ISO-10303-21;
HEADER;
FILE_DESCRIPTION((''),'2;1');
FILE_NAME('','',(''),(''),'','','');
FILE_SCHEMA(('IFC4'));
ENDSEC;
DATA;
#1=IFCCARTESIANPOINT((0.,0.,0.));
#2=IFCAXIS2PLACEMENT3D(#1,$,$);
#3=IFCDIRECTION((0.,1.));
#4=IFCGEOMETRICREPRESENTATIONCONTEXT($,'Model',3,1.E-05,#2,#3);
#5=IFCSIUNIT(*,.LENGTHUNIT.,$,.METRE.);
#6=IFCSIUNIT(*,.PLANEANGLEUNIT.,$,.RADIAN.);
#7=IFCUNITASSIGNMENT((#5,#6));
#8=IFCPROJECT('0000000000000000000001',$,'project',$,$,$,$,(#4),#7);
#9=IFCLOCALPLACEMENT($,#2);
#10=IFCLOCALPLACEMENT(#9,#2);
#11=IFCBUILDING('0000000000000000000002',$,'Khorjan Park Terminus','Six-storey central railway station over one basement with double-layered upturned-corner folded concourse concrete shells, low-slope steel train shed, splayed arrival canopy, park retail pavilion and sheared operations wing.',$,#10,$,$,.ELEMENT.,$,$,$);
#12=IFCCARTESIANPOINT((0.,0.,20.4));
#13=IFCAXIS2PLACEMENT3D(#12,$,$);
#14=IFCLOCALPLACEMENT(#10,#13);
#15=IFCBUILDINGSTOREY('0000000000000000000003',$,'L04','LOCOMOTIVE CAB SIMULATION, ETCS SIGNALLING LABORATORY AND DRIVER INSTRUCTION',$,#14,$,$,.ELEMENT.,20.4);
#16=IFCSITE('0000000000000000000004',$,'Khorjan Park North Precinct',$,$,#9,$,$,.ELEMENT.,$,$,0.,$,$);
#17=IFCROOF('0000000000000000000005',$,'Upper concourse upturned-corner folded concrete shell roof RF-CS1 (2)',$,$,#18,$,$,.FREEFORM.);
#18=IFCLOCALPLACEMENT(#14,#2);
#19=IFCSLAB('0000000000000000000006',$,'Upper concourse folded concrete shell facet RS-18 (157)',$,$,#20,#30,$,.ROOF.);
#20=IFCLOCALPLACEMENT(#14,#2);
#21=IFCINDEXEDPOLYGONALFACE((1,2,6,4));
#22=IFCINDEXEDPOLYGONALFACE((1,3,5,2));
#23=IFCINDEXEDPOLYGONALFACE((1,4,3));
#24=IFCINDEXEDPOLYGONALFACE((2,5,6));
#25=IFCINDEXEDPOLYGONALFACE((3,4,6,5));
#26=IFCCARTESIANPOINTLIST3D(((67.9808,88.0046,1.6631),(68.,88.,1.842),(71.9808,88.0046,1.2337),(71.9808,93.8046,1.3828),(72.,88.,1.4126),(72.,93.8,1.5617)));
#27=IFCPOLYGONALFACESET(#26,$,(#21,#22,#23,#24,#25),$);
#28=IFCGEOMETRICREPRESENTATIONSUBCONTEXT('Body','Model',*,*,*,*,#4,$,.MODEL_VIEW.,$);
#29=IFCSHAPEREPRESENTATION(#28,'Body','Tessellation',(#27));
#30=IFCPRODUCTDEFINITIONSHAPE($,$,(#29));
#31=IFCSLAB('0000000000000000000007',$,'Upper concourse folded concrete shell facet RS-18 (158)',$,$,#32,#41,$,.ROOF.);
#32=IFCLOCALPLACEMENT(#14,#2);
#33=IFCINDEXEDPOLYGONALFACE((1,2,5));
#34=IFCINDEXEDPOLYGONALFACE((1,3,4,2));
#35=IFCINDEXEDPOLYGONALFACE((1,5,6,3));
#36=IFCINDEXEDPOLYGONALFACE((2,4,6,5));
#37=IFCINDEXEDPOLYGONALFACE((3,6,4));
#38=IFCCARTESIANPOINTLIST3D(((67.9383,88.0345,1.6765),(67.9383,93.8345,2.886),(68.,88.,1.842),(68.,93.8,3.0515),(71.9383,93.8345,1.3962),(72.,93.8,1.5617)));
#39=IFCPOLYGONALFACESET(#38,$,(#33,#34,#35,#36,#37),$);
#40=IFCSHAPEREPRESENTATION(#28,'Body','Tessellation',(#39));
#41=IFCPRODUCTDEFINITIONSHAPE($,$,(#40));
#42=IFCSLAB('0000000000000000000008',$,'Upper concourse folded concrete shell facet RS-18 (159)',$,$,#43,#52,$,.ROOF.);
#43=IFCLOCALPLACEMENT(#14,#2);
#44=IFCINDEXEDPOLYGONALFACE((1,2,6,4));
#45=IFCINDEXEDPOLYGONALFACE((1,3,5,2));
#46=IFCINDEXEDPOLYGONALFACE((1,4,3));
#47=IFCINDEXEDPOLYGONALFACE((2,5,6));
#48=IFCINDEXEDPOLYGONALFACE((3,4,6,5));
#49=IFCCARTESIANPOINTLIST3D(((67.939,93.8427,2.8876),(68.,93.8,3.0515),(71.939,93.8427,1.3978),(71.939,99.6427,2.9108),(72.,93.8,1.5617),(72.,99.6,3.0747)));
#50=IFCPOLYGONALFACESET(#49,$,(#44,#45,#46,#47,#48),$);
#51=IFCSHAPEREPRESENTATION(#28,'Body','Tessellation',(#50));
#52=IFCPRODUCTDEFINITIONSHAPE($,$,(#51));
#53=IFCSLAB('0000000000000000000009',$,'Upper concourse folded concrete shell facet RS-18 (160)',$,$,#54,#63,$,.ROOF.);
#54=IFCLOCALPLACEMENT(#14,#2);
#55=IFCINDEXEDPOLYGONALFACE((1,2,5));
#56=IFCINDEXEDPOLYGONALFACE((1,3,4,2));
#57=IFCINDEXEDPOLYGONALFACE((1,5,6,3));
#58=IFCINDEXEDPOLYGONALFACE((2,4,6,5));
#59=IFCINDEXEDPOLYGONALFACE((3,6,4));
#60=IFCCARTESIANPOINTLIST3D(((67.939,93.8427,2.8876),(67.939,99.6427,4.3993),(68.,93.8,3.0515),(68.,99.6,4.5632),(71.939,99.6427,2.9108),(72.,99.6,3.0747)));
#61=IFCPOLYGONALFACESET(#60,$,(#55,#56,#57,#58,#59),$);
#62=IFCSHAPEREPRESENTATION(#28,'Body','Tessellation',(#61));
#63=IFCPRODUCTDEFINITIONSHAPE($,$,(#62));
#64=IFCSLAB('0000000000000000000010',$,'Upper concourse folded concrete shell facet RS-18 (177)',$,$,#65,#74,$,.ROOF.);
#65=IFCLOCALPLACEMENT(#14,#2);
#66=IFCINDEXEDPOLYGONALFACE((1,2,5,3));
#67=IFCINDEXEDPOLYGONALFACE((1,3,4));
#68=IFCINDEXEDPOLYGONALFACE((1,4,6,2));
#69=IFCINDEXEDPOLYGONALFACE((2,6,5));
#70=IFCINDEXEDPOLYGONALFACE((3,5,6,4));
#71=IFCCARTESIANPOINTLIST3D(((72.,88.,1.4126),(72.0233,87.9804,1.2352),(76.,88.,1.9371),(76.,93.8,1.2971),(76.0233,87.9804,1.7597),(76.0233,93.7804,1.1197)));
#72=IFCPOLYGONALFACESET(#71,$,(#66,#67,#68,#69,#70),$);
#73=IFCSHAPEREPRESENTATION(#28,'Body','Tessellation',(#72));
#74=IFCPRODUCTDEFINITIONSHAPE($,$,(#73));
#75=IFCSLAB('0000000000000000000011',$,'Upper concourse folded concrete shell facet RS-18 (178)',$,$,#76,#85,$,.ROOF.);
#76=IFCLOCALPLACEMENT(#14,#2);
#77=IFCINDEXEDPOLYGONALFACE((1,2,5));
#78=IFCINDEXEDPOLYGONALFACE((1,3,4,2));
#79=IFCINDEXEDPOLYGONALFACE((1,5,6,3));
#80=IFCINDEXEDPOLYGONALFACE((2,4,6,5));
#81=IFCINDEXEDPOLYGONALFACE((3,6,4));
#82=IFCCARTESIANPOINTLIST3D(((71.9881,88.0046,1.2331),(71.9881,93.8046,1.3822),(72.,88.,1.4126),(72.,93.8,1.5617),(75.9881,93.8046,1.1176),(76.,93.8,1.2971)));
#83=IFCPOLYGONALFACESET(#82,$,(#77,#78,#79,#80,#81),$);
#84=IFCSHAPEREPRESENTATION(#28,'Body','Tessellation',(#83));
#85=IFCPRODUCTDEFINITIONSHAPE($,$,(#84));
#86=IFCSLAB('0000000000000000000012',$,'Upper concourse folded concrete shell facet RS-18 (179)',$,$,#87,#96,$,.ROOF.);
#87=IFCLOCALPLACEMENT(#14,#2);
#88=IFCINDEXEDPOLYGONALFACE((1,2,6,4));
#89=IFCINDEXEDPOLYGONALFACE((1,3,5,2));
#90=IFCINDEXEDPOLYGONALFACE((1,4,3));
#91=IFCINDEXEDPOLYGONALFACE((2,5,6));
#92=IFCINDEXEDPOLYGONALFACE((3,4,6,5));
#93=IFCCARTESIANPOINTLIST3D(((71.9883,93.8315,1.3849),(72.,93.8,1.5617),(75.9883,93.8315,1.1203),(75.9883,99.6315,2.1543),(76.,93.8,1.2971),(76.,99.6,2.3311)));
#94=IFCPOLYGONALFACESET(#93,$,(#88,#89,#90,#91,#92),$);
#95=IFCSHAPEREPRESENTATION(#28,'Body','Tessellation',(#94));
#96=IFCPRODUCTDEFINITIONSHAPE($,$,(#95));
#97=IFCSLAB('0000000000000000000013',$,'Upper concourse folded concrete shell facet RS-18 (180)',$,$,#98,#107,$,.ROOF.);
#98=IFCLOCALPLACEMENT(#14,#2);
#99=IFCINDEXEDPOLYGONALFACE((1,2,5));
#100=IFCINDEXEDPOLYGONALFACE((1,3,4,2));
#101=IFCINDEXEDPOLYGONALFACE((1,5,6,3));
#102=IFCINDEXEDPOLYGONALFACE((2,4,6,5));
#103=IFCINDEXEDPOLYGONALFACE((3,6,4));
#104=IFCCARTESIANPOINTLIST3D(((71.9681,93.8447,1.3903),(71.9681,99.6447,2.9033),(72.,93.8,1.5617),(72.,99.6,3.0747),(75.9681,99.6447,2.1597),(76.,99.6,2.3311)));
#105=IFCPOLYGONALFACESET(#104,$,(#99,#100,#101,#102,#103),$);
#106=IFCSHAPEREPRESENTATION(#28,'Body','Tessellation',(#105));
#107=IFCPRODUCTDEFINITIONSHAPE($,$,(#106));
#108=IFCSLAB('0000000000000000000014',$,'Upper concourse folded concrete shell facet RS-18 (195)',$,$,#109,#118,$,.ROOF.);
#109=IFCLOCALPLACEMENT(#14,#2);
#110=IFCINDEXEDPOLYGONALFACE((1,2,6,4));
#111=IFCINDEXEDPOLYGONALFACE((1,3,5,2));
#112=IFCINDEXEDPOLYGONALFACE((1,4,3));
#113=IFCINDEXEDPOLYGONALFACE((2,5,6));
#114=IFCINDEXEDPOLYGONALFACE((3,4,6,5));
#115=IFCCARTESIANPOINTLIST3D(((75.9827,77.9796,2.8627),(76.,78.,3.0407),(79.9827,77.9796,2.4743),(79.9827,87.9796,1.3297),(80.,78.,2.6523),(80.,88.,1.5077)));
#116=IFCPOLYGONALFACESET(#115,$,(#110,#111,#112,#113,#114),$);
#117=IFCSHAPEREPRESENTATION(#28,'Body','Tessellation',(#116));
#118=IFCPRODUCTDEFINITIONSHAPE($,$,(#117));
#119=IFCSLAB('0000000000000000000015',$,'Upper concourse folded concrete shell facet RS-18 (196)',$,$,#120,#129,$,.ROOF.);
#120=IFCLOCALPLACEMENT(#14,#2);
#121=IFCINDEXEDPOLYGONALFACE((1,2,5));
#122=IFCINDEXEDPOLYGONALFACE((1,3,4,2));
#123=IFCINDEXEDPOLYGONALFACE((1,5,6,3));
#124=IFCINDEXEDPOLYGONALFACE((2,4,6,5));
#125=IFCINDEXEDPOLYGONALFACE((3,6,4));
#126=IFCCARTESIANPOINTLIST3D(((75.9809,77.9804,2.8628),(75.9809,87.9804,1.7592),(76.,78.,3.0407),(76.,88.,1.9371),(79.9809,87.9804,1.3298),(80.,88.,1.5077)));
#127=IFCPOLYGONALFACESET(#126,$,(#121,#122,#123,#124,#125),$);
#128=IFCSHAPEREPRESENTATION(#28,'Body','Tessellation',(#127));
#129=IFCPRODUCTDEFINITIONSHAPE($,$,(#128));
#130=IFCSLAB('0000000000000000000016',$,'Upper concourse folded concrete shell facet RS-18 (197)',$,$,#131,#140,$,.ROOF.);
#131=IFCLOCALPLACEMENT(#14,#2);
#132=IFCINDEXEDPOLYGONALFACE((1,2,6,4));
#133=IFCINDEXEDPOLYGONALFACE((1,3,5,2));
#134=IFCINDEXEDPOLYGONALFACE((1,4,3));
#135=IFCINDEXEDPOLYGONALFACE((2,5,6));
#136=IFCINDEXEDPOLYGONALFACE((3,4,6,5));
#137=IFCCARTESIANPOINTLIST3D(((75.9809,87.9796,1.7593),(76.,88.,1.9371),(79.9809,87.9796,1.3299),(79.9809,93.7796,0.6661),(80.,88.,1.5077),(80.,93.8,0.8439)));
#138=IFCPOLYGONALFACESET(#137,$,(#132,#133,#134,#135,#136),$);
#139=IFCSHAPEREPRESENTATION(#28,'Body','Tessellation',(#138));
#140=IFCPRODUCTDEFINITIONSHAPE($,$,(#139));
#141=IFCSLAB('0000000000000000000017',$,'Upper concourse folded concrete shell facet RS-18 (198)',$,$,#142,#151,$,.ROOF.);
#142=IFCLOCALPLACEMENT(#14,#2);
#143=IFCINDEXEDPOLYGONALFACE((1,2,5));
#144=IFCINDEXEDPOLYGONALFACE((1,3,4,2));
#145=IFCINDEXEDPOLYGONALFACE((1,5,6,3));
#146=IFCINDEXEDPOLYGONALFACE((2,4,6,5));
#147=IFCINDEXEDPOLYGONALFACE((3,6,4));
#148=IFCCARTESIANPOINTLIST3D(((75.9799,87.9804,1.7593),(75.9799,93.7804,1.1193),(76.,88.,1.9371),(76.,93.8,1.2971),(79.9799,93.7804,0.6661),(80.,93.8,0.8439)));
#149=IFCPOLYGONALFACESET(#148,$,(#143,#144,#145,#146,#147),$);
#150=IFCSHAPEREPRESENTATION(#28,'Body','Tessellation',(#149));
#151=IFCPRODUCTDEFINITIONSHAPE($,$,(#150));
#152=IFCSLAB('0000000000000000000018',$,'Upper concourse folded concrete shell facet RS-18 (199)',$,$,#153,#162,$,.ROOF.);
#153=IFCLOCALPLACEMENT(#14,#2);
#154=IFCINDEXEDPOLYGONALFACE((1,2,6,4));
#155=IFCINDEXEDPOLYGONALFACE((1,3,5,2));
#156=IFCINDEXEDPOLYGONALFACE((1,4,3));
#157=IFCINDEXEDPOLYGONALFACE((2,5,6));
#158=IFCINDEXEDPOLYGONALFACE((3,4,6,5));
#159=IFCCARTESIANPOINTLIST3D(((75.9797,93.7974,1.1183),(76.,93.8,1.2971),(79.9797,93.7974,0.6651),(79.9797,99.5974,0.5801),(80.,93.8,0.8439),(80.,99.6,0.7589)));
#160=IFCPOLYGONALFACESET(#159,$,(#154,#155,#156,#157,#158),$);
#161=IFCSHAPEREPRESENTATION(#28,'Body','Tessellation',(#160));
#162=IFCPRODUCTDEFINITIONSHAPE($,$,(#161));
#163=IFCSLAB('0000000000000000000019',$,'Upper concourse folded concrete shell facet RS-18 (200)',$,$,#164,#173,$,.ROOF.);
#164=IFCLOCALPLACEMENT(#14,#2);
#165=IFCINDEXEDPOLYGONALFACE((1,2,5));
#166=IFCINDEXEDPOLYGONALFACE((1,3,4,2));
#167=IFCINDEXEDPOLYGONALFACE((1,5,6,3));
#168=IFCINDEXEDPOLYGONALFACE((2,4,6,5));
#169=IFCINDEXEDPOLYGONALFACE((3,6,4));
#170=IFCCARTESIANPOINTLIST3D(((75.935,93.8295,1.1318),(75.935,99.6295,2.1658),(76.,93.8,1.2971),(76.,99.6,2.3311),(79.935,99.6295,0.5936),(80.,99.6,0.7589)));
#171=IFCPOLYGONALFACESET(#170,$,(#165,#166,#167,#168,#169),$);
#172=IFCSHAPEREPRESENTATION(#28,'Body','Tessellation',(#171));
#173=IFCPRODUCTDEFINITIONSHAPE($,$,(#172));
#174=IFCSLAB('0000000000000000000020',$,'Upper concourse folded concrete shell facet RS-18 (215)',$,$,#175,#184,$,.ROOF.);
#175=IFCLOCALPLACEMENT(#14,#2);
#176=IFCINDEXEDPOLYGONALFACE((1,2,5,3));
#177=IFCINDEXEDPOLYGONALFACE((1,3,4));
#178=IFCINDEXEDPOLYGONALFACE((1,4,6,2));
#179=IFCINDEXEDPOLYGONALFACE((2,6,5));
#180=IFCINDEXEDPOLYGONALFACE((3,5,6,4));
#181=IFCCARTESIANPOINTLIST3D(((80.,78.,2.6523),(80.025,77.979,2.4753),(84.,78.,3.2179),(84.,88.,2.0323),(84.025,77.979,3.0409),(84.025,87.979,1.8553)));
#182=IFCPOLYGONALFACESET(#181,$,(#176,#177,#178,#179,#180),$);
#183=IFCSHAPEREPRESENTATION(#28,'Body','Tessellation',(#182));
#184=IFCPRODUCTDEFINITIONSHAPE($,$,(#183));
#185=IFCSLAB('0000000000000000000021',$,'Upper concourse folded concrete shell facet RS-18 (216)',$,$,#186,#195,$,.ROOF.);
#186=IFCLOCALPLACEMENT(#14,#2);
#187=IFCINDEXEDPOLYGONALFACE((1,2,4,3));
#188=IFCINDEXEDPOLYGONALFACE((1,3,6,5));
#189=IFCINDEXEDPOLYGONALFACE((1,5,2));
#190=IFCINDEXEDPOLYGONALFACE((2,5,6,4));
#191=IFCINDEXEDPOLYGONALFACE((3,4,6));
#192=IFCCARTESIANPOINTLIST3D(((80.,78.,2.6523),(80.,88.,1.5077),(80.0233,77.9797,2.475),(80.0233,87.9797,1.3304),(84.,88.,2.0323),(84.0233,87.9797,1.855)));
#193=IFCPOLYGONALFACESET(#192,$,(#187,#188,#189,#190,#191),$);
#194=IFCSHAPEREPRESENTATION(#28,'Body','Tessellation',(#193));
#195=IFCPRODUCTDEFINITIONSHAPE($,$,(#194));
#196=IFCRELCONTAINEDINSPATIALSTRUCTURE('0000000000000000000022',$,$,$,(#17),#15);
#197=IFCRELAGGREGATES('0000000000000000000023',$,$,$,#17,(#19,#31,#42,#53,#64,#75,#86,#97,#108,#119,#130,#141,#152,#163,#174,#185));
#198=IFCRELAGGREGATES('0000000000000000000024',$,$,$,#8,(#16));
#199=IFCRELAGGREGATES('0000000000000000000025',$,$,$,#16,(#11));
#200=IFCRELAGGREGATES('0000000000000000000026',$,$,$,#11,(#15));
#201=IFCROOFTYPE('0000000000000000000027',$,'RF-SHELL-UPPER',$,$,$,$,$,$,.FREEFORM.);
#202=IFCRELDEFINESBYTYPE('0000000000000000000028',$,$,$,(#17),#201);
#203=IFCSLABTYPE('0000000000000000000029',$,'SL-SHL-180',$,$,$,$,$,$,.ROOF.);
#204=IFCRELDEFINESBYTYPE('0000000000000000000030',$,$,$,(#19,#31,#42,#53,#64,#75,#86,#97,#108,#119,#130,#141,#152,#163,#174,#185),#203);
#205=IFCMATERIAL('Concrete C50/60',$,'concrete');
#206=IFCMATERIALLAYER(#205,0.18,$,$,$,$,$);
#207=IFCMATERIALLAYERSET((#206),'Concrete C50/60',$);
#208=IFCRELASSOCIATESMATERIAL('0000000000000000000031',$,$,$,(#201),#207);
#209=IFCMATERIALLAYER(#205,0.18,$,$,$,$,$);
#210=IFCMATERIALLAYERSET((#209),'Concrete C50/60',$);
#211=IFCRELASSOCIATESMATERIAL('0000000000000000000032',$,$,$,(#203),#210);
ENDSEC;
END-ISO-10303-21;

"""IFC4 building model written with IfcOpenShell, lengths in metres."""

from ifc_helpers import new_model, si_unit, direction, frame, origin, place, context, subcontext, project, spatial, polyline, outline, extrude, material, layer, layer_set, type_object, element, aggregate, save


model = new_model("IFC4")

# Units and contexts
model_context = context("Model", 3, precision=1e-05, world=origin(), true_north=direction((0.0, 1.0)))
body_context = subcontext(model_context, "Body", "Model", "MODEL_VIEW")
ifc_project = project(units=[si_unit("LENGTHUNIT", "METRE"), si_unit("PLANEANGLEUNIT", "RADIAN")], contexts=[model_context])

# Site, building, storey
site_placement = place(None, origin())
site = spatial("IfcSite", under=ifc_project, at=site_placement, Name="Khorjan Park North Precinct", CompositionType="ELEMENT", RefElevation=0.0)
building_placement = place(site_placement, origin())
building = spatial("IfcBuilding", under=site, at=building_placement, Name="Khorjan Park Terminus", Description="Six-storey central railway station over one basement with double-layered upturned-corner folded concourse concrete shells, low-slope steel train shed, splayed arrival canopy, park retail pavilion and sheared operations wing.", CompositionType="ELEMENT")
storey_placement = place(building_placement, frame((0.0, 0.0, 20.4)))
storey = spatial("IfcBuildingStorey", under=building, at=storey_placement, Name="L04", Description="LOCOMOTIVE CAB SIMULATION, ETCS SIGNALLING LABORATORY AND DRIVER INSTRUCTION", CompositionType="ELEMENT", Elevation=20.4)

# Roof, slabs
ifc_material = material(Name="Concrete C50/60", Category="concrete")
ifc_layer_1 = layer(ifc_material, 0.18)
ifc_layer_set_1 = layer_set([ifc_layer_1], Name="Concrete C50/60")
roof_type = type_object("IfcRoofType", Name="RF-SHELL-UPPER", PredefinedType="FREEFORM", material=ifc_layer_set_1)
roof_placement = place(storey_placement, origin())
roof = element("IfcRoof", 1, at=roof_placement, inside=storey, type_object=roof_type, Name="Upper concourse upturned-corner folded concrete shell roof RF-CS1 (2)", PredefinedType="FREEFORM")
ifc_layer_2 = layer(ifc_material, 0.18)
ifc_layer_set_2 = layer_set([ifc_layer_2], Name="Concrete C50/60")
slab_type = type_object("IfcSlabType", Name="SL-SHL-180", PredefinedType="ROOF", material=ifc_layer_set_2)
slab_1_placement = place(storey_placement, frame((68.0, 88.0, 1.842), z_axis=(0.106702, -0.025552, 0.993963), x_axis=(0.994287, 0.0, -0.106737)))
slab_1 = element("IfcSlab", 2, at=slab_1_placement, type_object=slab_type, Name="Upper concourse folded concrete shell facet RS-18 (157)", PredefinedType="ROOF", context=body_context, shape_type="SweptSolid", body=[
    extrude(outline(polyline([(0.0, 0.0), (4.023, 0.0), (4.0071, 5.8019), (0.0, 0.0)])), origin(), (0.0, 0.0, -1.0), 0.18),
])
slab_2_placement = place(storey_placement, frame((68.0, 88.0, 1.842), z_axis=(0.342548, -0.191792, 0.919715), x_axis=(0.567284, 0.822562, -0.039752)))
slab_2 = element("IfcSlab", 3, at=slab_2_placement, type_object=slab_type, Name="Upper concourse folded concrete shell facet RS-18 (158)", PredefinedType="ROOF", context=body_context, shape_type="SweptSolid", body=[
    extrude(outline(polyline([(0.0, 0.0), (7.0511, 0.0), (4.7228, 3.5775), (0.0, 0.0)])), origin(), (0.0, 0.0, -1.0), 0.18),
])
slab_3_placement = place(storey_placement, frame((68.0, 93.8, 3.0515), z_axis=(0.339044, -0.237465, 0.910307), x_axis=(0.937112, 0.0, -0.349028)))
slab_3 = element("IfcSlab", 4, at=slab_3_placement, type_object=slab_type, Name="Upper concourse folded concrete shell facet RS-18 (159)", PredefinedType="ROOF", context=body_context, shape_type="SweptSolid", body=[
    extrude(outline(polyline([(0.0, 0.0), (4.2684, 0.0), (3.7404, 5.9708), (0.0, 0.0)])), origin(), (0.0, 0.0, -1.0), 0.18),
])
slab_4_placement = place(storey_placement, frame((68.0, 93.8, 3.0515), z_axis=(0.338799, -0.237296, 0.910443), x_axis=(0.56773, 0.823208, 0.003293)))
slab_4 = element("IfcSlab", 5, at=slab_4_placement, type_object=slab_type, Name="Upper concourse folded concrete shell facet RS-18 (160)", PredefinedType="ROOF", context=body_context, shape_type="SweptSolid", body=[
    extrude(outline(polyline([(0.0, 0.0), (7.0456, 0.0), (4.7796, 3.6167), (0.0, 0.0)])), origin(), (0.0, 0.0, -1.0), 0.18),
])
slab_5_placement = place(storey_placement, frame((72.0, 88.0, 1.4126), z_axis=(-0.129241, 0.108759, 0.985631), x_axis=(0.991512, 0.0, 0.130012)))
slab_5 = element("IfcSlab", 6, at=slab_5_placement, type_object=slab_type, Name="Upper concourse folded concrete shell facet RS-18 (177)", PredefinedType="ROOF", context=body_context, shape_type="SweptSolid", body=[
    extrude(outline(polyline([(0.0, 0.0), (4.0342, 0.0), (3.951, 5.8346), (0.0, 0.0)])), origin(), (0.0, 0.0, -1.0), 0.18),
])
slab_6_placement = place(storey_placement, frame((72.0, 88.0, 1.4126), z_axis=(0.065984, -0.025642, 0.997491), x_axis=(0.567657, 0.823102, -0.016391)))
slab_6 = element("IfcSlab", 7, at=slab_6_placement, type_object=slab_type, Name="Upper concourse folded concrete shell facet RS-18 (178)", PredefinedType="ROOF", context=body_context, shape_type="SweptSolid", body=[
    extrude(outline(polyline([(0.0, 0.0), (7.0465, 0.0), (4.7715, 3.3007), (0.0, 0.0)])), origin(), (0.0, 0.0, -1.0), 0.18),
])
slab_7_placement = place(storey_placement, frame((72.0, 93.8, 1.5617), z_axis=(0.064986, -0.175138, 0.982397), x_axis=(0.997819, 0.0, -0.066006)))
slab_7 = element("IfcSlab", 8, at=slab_7_placement, type_object=slab_type, Name="Upper concourse folded concrete shell facet RS-18 (179)", PredefinedType="ROOF", context=body_context, shape_type="SweptSolid", body=[
    extrude(outline(polyline([(0.0, 0.0), (4.0087, 0.0), (3.9405, 5.8911), (0.0, 0.0)])), origin(), (0.0, 0.0, -1.0), 0.18),
])
slab_8_placement = place(storey_placement, frame((72.0, 93.8, 1.5617), z_axis=(0.177039, -0.248428, 0.952334), x_axis=(0.564378, 0.818348, 0.108558)))
slab_8 = element("IfcSlab", 9, at=slab_8_placement, type_object=slab_type, Name="Upper concourse folded concrete shell facet RS-18 (180)", PredefinedType="ROOF", context=body_context, shape_type="SweptSolid", body=[
    extrude(outline(polyline([(0.0, 0.0), (7.0875, 0.0), (4.9107, 3.4372), (0.0, 0.0)])), origin(), (0.0, 0.0, -1.0), 0.18),
])
slab_9_placement = place(storey_placement, frame((76.0, 78.0, 3.0407), z_axis=(0.096024, 0.113192, 0.988922), x_axis=(0.995319, 0.0, -0.096645)))
slab_9 = element("IfcSlab", 10, at=slab_9_placement, type_object=slab_type, Name="Upper concourse folded concrete shell facet RS-18 (195)", PredefinedType="ROOF", context=body_context, shape_type="SweptSolid", body=[
    extrude(outline(polyline([(0.0, 0.0), (4.0188, 0.0), (4.1294, 10.0647), (0.0, 0.0)])), origin(), (0.0, 0.0, -1.0), 0.18),
])
slab_10_placement = place(storey_placement, frame((76.0, 78.0, 3.0407), z_axis=(0.1061, 0.109075, 0.988355), x_axis=(0.367685, 0.919212, -0.140915)))
slab_10 = element("IfcSlab", 11, at=slab_10_placement, type_object=slab_type, Name="Upper concourse folded concrete shell facet RS-18 (196)", PredefinedType="ROOF", context=body_context, shape_type="SweptSolid", body=[
    extrude(outline(polyline([(0.0, 0.0), (10.8789, 0.0), (9.3476, 3.7202), (0.0, 0.0)])), origin(), (0.0, 0.0, -1.0), 0.18),
])
slab_11_placement = place(storey_placement, frame((76.0, 88.0, 1.9371), z_axis=(0.106052, 0.113065, 0.987912), x_axis=(0.994287, 0.0, -0.106737)))
slab_11 = element("IfcSlab", 12, at=slab_11_placement, type_object=slab_type, Name="Upper concourse folded concrete shell facet RS-18 (197)", PredefinedType="ROOF", context=body_context, shape_type="SweptSolid", body=[
    extrude(outline(polyline([(0.0, 0.0), (4.023, 0.0), (4.0938, 5.8374), (0.0, 0.0)])), origin(), (0.0, 0.0, -1.0), 0.18),
])
slab_12_placement = place(storey_placement, frame((76.0, 88.0, 1.9371), z_axis=(0.111909, 0.10899, 0.987723), x_axis=(0.56102, 0.813479, -0.153327)))
slab_12 = element("IfcSlab", 13, at=slab_12_placement, type_object=slab_type, Name="Upper concourse folded concrete shell facet RS-18 (198)", PredefinedType="ROOF", context=body_context, shape_type="SweptSolid", body=[
    extrude(outline(polyline([(0.0, 0.0), (7.1299, 0.0), (4.8163, 3.2944), (0.0, 0.0)])), origin(), (0.0, 0.0, -1.0), 0.18),
])
slab_13_placement = place(storey_placement, frame((76.0, 93.8, 1.2971), z_axis=(0.112568, 0.01456, 0.993537), x_axis=(0.993643, 0.0, -0.11258)))
slab_13 = element("IfcSlab", 14, at=slab_13_placement, type_object=slab_type, Name="Upper concourse folded concrete shell facet RS-18 (199)", PredefinedType="ROOF", context=body_context, shape_type="SweptSolid", body=[
    extrude(outline(polyline([(0.0, 0.0), (4.0256, 0.0), (4.0352, 5.8006), (0.0, 0.0)])), origin(), (0.0, 0.0, -1.0), 0.18),
])
slab_14_placement = place(storey_placement, frame((76.0, 93.8, 1.2971), z_axis=(0.360874, -0.163682, 0.918138), x_axis=(0.566084, 0.820821, -0.076167)))
slab_14 = element("IfcSlab", 15, at=slab_14_placement, type_object=slab_type, Name="Upper concourse folded concrete shell facet RS-18 (200)", PredefinedType="ROOF", context=body_context, shape_type="SweptSolid", body=[
    extrude(outline(polyline([(0.0, 0.0), (7.0661, 0.0), (4.682, 3.576), (0.0, 0.0)])), origin(), (0.0, 0.0, -1.0), 0.18),
])
slab_15_placement = place(storey_placement, frame((80.0, 78.0, 2.6523), z_axis=(-0.139052, 0.116592, 0.983398), x_axis=(0.99015, 0.0, 0.140007)))
slab_15 = element("IfcSlab", 16, at=slab_15_placement, type_object=slab_type, Name="Upper concourse folded concrete shell facet RS-18 (215)", PredefinedType="ROOF", context=body_context, shape_type="SweptSolid", body=[
    extrude(outline(polyline([(0.0, 0.0), (4.0398, 0.0), (3.8738, 10.0687), (0.0, 0.0)])), origin(), (0.0, 0.0, -1.0), 0.18),
])
slab_16_placement = place(storey_placement, frame((80.0, 78.0, 2.6523), z_axis=(-0.129207, 0.112764, 0.985185), x_axis=(0.370777, 0.926942, -0.05747)))
slab_16 = element("IfcSlab", 17, at=slab_16_placement, type_object=slab_type, Name="Upper concourse folded concrete shell facet RS-18 (216)", PredefinedType="ROOF", context=body_context, shape_type="SweptSolid", body=[
    extrude(outline(polyline([(0.0, 0.0), (10.7882, 0.0), (9.3352, 3.7635), (0.0, 0.0)])), origin(), (0.0, 0.0, -1.0), 0.18),
])
aggregate(roof, [slab_1, slab_2, slab_3, slab_4, slab_5, slab_6, slab_7, slab_8, slab_9, slab_10, slab_11, slab_12, slab_13, slab_14, slab_15, slab_16])

save(model, "model.ifc")
